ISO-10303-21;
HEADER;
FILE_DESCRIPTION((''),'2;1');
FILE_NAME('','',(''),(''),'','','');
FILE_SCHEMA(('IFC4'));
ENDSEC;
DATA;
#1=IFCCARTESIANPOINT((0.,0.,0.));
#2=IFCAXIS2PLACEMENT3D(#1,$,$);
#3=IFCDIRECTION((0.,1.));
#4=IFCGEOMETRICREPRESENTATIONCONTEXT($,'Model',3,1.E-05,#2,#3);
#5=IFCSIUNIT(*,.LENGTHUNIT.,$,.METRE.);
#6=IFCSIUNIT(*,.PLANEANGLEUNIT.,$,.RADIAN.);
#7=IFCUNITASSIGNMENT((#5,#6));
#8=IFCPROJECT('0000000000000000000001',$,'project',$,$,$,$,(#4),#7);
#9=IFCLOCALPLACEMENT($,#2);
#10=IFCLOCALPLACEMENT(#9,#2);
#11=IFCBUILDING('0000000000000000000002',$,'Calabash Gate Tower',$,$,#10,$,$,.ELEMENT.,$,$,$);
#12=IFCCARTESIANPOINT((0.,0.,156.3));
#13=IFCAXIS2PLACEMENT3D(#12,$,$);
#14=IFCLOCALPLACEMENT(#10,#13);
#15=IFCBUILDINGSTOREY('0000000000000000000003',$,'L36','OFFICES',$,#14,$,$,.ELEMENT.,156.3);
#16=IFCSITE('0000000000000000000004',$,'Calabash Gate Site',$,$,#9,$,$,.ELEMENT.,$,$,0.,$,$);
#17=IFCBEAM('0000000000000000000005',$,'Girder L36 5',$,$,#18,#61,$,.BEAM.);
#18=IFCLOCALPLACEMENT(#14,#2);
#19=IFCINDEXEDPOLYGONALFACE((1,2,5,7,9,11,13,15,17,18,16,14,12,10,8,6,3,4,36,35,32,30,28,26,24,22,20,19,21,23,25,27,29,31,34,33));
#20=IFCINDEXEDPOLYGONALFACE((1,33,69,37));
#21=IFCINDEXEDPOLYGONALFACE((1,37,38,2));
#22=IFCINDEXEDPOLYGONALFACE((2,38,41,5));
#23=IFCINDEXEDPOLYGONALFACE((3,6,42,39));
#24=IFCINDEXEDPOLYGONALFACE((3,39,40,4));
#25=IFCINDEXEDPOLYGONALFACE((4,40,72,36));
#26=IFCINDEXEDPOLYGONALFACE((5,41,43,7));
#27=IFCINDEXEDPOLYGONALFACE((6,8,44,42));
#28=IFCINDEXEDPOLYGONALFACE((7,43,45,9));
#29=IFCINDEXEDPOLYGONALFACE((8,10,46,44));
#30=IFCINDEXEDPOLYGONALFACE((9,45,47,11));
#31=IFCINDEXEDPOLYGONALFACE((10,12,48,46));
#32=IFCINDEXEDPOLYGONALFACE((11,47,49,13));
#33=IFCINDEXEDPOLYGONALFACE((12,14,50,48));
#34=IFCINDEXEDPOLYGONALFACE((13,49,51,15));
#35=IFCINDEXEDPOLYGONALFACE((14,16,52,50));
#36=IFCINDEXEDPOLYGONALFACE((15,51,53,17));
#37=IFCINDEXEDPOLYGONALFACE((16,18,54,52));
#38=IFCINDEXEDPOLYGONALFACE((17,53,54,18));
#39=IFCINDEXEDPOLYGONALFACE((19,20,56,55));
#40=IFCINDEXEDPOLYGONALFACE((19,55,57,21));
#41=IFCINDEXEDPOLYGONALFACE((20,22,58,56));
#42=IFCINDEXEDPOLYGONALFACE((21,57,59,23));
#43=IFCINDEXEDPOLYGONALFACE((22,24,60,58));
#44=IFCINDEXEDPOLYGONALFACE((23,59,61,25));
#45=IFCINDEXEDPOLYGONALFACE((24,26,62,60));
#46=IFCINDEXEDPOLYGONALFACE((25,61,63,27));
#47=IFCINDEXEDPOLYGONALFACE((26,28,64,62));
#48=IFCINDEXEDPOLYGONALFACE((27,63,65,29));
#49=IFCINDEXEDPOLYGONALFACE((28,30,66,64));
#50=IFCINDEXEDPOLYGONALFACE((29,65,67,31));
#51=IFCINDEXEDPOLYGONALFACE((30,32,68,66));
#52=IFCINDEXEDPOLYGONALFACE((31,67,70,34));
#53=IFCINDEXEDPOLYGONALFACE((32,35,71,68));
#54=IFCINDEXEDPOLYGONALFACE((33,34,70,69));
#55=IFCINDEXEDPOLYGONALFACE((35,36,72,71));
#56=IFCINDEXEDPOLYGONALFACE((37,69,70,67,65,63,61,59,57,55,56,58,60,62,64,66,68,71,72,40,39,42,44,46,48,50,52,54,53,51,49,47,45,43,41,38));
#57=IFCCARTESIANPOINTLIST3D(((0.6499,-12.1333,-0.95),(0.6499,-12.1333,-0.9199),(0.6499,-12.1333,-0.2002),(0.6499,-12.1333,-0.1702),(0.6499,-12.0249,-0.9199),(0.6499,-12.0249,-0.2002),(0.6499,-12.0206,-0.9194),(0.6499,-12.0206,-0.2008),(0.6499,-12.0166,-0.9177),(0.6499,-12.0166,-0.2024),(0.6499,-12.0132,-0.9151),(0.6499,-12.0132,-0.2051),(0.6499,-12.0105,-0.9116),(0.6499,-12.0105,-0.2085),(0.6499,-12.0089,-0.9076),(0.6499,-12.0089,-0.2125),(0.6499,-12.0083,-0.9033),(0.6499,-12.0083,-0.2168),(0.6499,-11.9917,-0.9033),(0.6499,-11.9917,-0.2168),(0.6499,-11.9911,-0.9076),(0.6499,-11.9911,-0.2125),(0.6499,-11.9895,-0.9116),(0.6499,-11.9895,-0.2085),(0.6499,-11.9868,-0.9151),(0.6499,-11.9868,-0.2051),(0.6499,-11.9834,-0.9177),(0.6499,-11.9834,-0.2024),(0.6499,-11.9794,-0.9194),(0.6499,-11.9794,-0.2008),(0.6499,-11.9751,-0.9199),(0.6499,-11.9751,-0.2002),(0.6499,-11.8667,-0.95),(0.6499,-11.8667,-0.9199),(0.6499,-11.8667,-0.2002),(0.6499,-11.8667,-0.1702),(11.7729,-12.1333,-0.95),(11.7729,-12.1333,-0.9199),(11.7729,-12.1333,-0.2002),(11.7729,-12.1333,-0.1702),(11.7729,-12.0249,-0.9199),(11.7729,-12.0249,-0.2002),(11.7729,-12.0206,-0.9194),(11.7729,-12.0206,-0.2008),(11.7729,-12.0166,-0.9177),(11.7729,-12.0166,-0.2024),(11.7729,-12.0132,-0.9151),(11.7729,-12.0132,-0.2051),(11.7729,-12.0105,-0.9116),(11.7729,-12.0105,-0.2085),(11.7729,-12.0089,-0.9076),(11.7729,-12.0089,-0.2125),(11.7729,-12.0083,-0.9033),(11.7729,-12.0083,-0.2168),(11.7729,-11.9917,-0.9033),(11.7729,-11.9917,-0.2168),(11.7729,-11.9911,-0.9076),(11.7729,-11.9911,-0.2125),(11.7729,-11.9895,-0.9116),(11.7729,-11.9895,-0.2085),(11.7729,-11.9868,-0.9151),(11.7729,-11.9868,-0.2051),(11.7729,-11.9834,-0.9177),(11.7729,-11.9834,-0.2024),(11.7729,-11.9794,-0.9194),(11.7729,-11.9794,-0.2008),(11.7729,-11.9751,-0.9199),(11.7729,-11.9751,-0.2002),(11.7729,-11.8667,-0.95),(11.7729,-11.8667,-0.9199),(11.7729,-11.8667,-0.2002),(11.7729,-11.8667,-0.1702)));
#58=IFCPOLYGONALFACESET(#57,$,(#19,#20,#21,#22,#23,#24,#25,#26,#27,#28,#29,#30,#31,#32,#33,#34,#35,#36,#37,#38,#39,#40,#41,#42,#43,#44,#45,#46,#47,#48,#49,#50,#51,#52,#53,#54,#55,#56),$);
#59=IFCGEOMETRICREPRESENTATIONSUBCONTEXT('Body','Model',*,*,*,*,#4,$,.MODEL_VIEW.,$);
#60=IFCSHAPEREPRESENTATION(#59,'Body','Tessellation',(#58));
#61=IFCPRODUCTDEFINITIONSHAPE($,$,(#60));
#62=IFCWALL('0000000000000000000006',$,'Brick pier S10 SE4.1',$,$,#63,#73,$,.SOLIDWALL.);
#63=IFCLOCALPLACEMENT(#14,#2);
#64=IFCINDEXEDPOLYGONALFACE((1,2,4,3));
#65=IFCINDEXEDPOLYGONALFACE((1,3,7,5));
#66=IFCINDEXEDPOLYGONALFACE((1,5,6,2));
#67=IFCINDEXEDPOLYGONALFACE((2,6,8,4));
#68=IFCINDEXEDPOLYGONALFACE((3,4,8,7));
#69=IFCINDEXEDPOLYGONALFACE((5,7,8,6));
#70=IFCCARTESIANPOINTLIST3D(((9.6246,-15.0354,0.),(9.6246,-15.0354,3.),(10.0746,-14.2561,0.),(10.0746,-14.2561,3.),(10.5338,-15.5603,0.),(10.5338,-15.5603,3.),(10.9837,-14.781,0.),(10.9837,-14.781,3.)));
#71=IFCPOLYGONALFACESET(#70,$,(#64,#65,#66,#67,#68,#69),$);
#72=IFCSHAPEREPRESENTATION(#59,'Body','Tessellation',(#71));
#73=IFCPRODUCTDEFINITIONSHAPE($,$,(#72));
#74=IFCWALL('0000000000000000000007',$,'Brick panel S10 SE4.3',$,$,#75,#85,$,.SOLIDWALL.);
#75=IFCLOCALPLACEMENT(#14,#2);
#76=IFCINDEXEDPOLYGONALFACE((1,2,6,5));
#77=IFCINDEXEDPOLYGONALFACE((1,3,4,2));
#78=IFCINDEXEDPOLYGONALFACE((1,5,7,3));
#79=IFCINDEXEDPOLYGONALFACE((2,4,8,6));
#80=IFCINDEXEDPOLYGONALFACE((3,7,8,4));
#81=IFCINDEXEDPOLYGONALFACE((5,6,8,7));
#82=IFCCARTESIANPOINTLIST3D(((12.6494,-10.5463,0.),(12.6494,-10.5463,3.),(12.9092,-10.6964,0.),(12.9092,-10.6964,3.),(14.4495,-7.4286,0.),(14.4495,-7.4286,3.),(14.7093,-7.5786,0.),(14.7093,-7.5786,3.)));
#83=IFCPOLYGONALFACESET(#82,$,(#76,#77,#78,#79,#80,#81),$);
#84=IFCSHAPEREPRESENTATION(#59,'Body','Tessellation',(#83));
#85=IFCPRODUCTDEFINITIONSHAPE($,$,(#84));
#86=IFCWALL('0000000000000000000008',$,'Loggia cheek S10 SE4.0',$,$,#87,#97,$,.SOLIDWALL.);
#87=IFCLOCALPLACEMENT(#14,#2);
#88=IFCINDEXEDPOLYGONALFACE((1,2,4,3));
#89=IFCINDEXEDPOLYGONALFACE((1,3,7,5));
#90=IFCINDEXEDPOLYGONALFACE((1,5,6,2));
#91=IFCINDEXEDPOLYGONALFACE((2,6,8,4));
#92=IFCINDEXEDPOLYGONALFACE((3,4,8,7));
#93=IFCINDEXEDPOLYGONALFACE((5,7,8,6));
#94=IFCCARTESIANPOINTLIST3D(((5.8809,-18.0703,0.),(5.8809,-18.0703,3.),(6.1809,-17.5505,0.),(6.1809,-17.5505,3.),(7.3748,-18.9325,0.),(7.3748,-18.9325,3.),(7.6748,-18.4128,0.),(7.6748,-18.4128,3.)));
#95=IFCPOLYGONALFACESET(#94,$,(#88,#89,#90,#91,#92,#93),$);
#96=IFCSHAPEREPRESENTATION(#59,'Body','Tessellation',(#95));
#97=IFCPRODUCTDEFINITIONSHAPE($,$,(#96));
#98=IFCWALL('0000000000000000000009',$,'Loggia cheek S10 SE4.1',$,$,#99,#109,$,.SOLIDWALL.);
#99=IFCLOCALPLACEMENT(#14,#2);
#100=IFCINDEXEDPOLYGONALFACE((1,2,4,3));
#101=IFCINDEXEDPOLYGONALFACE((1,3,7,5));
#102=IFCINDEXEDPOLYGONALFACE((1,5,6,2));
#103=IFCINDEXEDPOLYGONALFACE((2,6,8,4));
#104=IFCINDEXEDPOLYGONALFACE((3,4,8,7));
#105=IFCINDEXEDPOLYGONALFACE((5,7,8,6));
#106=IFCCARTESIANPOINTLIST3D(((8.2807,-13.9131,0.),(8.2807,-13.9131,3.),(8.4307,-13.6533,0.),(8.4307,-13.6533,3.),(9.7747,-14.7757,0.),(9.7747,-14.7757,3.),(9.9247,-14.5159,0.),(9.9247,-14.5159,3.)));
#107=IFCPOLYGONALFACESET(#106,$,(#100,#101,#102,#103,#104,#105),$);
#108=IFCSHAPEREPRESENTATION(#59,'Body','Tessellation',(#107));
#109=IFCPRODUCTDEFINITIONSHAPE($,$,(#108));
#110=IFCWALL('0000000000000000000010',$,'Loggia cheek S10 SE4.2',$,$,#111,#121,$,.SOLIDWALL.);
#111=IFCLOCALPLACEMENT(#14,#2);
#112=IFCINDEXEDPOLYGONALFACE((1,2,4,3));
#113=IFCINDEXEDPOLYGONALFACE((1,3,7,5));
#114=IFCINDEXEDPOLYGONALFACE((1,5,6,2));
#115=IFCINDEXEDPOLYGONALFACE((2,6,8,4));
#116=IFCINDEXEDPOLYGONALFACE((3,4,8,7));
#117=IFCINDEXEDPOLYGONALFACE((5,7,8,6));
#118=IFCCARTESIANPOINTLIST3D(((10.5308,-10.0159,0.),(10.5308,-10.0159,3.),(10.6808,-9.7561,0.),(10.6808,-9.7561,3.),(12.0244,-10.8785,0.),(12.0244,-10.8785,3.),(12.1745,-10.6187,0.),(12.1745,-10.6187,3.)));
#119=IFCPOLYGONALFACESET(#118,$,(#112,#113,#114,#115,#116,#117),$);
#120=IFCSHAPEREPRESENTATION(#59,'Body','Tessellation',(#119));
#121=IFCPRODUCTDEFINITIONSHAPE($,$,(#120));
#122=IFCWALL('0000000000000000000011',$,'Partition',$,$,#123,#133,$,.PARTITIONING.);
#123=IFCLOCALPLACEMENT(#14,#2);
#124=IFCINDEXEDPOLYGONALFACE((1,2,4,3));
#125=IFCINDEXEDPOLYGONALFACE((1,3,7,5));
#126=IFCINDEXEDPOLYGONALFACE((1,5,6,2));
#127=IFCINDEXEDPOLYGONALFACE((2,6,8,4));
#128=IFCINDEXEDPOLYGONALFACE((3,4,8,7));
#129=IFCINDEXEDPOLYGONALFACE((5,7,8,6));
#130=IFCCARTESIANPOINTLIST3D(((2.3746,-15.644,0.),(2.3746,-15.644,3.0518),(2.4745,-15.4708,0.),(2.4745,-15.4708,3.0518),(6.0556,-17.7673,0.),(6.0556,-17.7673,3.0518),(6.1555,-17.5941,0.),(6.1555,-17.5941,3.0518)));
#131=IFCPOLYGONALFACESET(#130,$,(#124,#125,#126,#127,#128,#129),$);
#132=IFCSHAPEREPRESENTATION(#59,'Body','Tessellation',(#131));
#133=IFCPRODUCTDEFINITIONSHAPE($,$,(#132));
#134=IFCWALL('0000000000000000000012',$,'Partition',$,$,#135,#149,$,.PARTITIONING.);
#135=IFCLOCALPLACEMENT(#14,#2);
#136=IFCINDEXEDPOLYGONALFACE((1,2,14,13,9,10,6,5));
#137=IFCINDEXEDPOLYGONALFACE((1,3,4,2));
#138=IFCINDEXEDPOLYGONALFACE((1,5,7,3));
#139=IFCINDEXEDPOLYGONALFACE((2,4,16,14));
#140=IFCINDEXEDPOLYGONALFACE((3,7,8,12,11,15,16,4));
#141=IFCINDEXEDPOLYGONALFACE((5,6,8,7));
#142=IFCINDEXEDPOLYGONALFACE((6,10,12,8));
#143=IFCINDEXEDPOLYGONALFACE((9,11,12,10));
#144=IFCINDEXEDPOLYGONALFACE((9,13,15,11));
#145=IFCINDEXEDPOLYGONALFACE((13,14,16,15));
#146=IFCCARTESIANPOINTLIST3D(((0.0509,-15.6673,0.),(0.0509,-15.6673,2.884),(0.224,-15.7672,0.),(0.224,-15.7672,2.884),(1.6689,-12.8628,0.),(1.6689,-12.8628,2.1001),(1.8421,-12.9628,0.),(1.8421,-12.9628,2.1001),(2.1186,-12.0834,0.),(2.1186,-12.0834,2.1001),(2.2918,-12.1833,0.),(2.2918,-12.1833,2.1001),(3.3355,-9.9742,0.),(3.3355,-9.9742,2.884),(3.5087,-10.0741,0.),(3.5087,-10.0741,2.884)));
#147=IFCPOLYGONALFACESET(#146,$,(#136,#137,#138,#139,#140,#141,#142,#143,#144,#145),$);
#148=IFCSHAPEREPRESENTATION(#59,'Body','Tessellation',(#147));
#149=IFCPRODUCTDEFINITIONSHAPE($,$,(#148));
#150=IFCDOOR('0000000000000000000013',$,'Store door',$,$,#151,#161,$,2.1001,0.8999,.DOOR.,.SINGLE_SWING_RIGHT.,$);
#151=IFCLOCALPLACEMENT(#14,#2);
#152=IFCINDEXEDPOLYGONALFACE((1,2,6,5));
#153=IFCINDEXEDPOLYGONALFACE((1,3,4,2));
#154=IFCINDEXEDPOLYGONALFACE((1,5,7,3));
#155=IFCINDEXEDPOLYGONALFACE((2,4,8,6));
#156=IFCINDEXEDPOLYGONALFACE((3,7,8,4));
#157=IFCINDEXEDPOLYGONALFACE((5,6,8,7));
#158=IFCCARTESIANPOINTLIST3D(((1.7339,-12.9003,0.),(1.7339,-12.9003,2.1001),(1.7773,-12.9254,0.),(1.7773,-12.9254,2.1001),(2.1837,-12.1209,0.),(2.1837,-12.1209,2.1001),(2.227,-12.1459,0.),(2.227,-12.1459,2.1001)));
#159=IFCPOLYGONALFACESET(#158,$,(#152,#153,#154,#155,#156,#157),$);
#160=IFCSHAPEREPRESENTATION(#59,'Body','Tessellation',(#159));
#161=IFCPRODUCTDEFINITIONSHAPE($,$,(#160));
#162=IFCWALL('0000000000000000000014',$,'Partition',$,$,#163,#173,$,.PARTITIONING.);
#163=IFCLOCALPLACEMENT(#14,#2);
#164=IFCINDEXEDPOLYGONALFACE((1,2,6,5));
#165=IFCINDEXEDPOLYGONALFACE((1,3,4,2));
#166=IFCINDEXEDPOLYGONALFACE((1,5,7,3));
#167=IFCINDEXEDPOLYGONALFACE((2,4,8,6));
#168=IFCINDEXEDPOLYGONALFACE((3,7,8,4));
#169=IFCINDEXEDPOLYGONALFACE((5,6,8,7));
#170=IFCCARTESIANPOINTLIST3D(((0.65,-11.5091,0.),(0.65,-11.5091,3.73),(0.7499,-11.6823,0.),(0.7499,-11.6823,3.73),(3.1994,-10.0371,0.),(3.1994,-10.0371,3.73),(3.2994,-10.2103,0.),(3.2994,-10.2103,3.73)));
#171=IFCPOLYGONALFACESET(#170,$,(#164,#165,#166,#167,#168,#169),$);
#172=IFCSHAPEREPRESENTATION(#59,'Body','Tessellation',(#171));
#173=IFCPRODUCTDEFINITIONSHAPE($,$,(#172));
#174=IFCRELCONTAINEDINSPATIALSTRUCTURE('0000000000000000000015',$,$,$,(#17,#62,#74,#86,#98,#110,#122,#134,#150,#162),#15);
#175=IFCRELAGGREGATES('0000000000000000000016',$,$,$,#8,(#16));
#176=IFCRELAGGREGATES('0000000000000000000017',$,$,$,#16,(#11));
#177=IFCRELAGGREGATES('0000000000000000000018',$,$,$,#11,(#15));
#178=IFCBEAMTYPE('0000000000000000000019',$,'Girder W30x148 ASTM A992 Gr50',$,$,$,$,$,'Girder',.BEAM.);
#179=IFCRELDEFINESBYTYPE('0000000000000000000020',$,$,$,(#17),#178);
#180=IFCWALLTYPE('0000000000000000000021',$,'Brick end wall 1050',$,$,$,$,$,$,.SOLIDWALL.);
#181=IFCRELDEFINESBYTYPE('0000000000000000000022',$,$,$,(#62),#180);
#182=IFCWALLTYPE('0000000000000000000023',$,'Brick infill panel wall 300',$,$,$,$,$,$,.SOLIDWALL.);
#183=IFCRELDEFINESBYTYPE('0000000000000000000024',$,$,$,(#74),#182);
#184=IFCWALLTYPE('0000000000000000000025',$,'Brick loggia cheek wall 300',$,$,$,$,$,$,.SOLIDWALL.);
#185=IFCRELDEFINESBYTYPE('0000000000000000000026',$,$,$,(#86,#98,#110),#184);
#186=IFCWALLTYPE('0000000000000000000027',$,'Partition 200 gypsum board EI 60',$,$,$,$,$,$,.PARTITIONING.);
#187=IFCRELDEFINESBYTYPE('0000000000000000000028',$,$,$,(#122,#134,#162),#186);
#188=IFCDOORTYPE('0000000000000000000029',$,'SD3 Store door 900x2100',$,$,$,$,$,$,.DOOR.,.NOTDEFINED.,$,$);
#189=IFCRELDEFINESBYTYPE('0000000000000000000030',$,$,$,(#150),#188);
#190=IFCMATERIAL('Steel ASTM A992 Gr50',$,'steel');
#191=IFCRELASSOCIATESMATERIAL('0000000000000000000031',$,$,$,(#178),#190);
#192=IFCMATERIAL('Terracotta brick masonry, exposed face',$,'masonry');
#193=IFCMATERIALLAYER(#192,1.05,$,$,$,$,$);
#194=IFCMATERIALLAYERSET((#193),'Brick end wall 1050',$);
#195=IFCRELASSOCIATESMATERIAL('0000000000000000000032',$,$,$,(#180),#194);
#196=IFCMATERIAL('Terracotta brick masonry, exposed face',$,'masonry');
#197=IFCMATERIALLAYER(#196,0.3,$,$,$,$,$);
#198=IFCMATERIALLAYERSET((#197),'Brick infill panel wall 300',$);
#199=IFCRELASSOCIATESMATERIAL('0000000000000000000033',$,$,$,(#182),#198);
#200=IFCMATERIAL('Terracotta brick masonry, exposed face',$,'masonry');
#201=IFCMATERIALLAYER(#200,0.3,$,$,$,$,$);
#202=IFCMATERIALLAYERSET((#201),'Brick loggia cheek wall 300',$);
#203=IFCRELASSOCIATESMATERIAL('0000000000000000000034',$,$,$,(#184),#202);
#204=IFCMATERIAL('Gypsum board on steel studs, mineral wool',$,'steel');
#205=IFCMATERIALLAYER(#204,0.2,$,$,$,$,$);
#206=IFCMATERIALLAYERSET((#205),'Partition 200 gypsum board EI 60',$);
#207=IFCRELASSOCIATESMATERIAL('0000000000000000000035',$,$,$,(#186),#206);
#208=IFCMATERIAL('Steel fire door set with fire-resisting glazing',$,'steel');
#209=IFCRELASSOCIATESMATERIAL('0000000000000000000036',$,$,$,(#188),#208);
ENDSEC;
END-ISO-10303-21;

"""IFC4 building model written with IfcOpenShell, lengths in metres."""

from ifc_helpers import new_model, si_unit, direction, frame, frame_2d, origin, origin_2d, place, context, subcontext, project, spatial, rectangle, i_section, extrude, material, layer, layer_set, material_profile, profile_set, type_object, element, fill, save


model = new_model("IFC4")

# Units and contexts
model_context = context("Model", 3, precision=1e-05, world=origin(), true_north=direction((0.0, 1.0)))
body_context = subcontext(model_context, "Body", "Model", "MODEL_VIEW")
ifc_project = project(units=[si_unit("LENGTHUNIT", "METRE"), si_unit("PLANEANGLEUNIT", "RADIAN")], contexts=[model_context])

# Site, building, storey
site_placement = place(None, origin())
site = spatial("IfcSite", under=ifc_project, at=site_placement, Name="Calabash Gate Site", CompositionType="ELEMENT", RefElevation=0.0)
building_placement = place(site_placement, origin())
building = spatial("IfcBuilding", under=site, at=building_placement, Name="Calabash Gate Tower", CompositionType="ELEMENT")
storey_placement = place(building_placement, frame((0.0, 0.0, 156.3)))
storey = spatial("IfcBuildingStorey", under=building, at=storey_placement, Name="L36", Description="OFFICES", CompositionType="ELEMENT", Elevation=156.3)

# Beam
ifc_material_1 = material(Name="Steel ASTM A992 Gr50", Category="steel")
ifc_material_profile_1 = material_profile(ifc_material_1, i_section(OverallWidth=0.2666, OverallDepth=0.7798, WebThickness=0.0166, FlangeThickness=0.03, FilletRadius=0.0166, at=origin_2d()))
ifc_profile_set_1 = profile_set([ifc_material_profile_1], Name="Steel ASTM A992 Gr50")
beam_type_1 = type_object("IfcBeamType", Name="Girder W30x148 ASTM A992 Gr50", ElementType="Girder", PredefinedType="BEAM", material=ifc_profile_set_1)
beam_1_placement = place(storey_placement, frame((0.6499, -12.0, -0.5601), z_axis=(1.0, 0.0, 0.0), x_axis=(0.0, 1.0, 0.0)))
element("IfcBeam", 1, at=beam_1_placement, inside=storey, type_object=beam_type_1, Name="Girder L36 5", PredefinedType="BEAM", context=body_context, shape_type="SweptSolid", body=[
    extrude(i_section(OverallWidth=0.2666, OverallDepth=0.7798, WebThickness=0.0166, FlangeThickness=0.03, FilletRadius=0.0166, at=origin_2d()), origin(), (0.0, 0.0, 1.0), 11.123),
])

# Walls
ifc_material_2 = material(Name="Terracotta brick masonry, exposed face", Category="masonry")
ifc_layer_1 = layer(ifc_material_2, 1.05)
ifc_layer_set_1 = layer_set([ifc_layer_1], Name="Brick end wall 1050")
wall_type_1 = type_object("IfcWallType", Name="Brick end wall 1050", PredefinedType="SOLIDWALL", material=ifc_layer_set_1)
wall_1_placement = place(storey_placement, frame((9.8496, -14.6458, 0.0), z_axis=(0.0, 0.0, 1.0), x_axis=(0.866031, -0.499991, 0.0)))
element("IfcWall", 2, at=wall_1_placement, inside=storey, type_object=wall_type_1, Name="Brick pier S10 SE4.1", PredefinedType="SOLIDWALL", context=body_context, shape_type="SweptSolid", body=[
    extrude(rectangle(XDim=1.0498, YDim=0.8999, at=frame_2d((0.5249, 0.0))), origin(), (0.0, 0.0, 1.0), 3.0),
])
ifc_material_3 = material(Name="Terracotta brick masonry, exposed face", Category="masonry")
ifc_layer_2 = layer(ifc_material_3, 0.3)
ifc_layer_set_2 = layer_set([ifc_layer_2], Name="Brick infill panel wall 300")
wall_type_2 = type_object("IfcWallType", Name="Brick infill panel wall 300", PredefinedType="SOLIDWALL", material=ifc_layer_set_2)
wall_2_placement = place(storey_placement, frame((12.7793, -10.6213, 0.0), z_axis=(0.0, 0.0, 1.0), x_axis=(0.500012, 0.866018, 0.0)))
element("IfcWall", 3, at=wall_2_placement, inside=storey, type_object=wall_type_2, Name="Brick panel S10 SE4.3", PredefinedType="SOLIDWALL", context=body_context, shape_type="SweptSolid", body=[
    extrude(rectangle(XDim=3.6001, YDim=0.3, at=frame_2d((1.8, 0.0))), origin(), (0.0, 0.0, 1.0), 3.0),
])
ifc_material_4 = material(Name="Terracotta brick masonry, exposed face", Category="masonry")
ifc_layer_3 = layer(ifc_material_4, 0.3)
ifc_layer_set_3 = layer_set([ifc_layer_3], Name="Brick loggia cheek wall 300")
wall_type_3 = type_object("IfcWallType", Name="Brick loggia cheek wall 300", PredefinedType="SOLIDWALL", material=ifc_layer_set_3)
wall_3_placement = place(storey_placement, frame((7.5247, -18.6726, 0.0), z_axis=(0.0, 0.0, 1.0), x_axis=(-0.866075, 0.499914, 0.0)))
element("IfcWall", 4, at=wall_3_placement, inside=storey, type_object=wall_type_3, Name="Loggia cheek S10 SE4.0", PredefinedType="SOLIDWALL", context=body_context, shape_type="SweptSolid", body=[
    extrude(rectangle(XDim=1.7249, YDim=0.6001, at=frame_2d((0.8623, 0.0))), origin(), (0.0, 0.0, 1.0), 3.0),
])
wall_4_placement = place(storey_placement, frame((8.3557, -13.7832, 0.0), z_axis=(0.0, 0.0, 1.0), x_axis=(0.866014, -0.500021, 0.0)))
element("IfcWall", 5, at=wall_4_placement, inside=storey, type_object=wall_type_3, Name="Loggia cheek S10 SE4.1", PredefinedType="SOLIDWALL", context=body_context, shape_type="SweptSolid", body=[
    extrude(rectangle(XDim=1.7251, YDim=0.3, at=frame_2d((0.8625, 0.0))), origin(), (0.0, 0.0, 1.0), 3.0),
])
wall_5_placement = place(storey_placement, frame((12.0994, -10.7485, 0.0), z_axis=(0.0, 0.0, 1.0), x_axis=(-0.865978, 0.500082, 0.0)))
element("IfcWall", 6, at=wall_5_placement, inside=storey, type_object=wall_type_3, Name="Loggia cheek S10 SE4.2", PredefinedType="SOLIDWALL", context=body_context, shape_type="SweptSolid", body=[
    extrude(rectangle(XDim=1.7249, YDim=0.3, at=frame_2d((0.8623, 0.0))), origin(), (0.0, 0.0, 1.0), 3.0),
])
ifc_material_5 = material(Name="Gypsum board on steel studs, mineral wool", Category="steel")
ifc_layer_4 = layer(ifc_material_5, 0.2)
ifc_layer_set_4 = layer_set([ifc_layer_4], Name="Partition 200 gypsum board EI 60")
wall_type_4 = type_object("IfcWallType", Name="Partition 200 gypsum board EI 60", PredefinedType="PARTITIONING", material=ifc_layer_set_4)
wall_6_placement = place(storey_placement, frame((2.4246, -15.5574, 0.0), z_axis=(0.0, 0.0, 1.0), x_axis=(0.866217, -0.499668, 0.0)))
element("IfcWall", 7, at=wall_6_placement, inside=storey, type_object=wall_type_4, Name="Partition", PredefinedType="PARTITIONING", context=body_context, shape_type="SweptSolid", body=[
    extrude(rectangle(XDim=4.2495, YDim=0.2, at=frame_2d((2.1248, 0.0))), origin(), (0.0, 0.0, 1.0), 3.0518),
])

# Wall, opening, door
wall_7_placement = place(storey_placement, frame((0.1375, -15.7173, 0.0), z_axis=(0.0, 0.0, 1.0), x_axis=(0.499743, 0.866174, 0.0)))
wall_7 = element("IfcWall", 8, at=wall_7_placement, inside=storey, type_object=wall_type_4, Name="Partition", PredefinedType="PARTITIONING", context=body_context, shape_type="SweptSolid", body=[
    extrude(rectangle(XDim=6.5728, YDim=0.2, at=frame_2d((3.2864, 0.0))), origin(), (0.0, 0.0, 1.0), 2.884),
])
opening_1_placement = place(wall_7_placement, frame((3.2378, 0.0, 0.0)))
opening_1 = element("IfcOpeningElement", 9, at=opening_1_placement, cuts=wall_7, PredefinedType="OPENING", context=body_context, shape_type="SweptSolid", body=[
    extrude(rectangle(XDim=0.8999, YDim=2.1001, at=frame_2d((0.45, 1.05))), frame((0.0, 0.1099, 0.0), z_axis=(0.0, -1.0, 0.0), x_axis=(1.0, 0.0, 0.0)), (0.0, 0.0, 1.0), 0.22),
])
ifc_material_6 = material(Name="Steel fire door set with fire-resisting glazing", Category="steel")
door_type_1 = type_object("IfcDoorType", Name="SD3 Store door 900x2100", OperationType="NOTDEFINED", PredefinedType="DOOR", material=ifc_material_6)
door_1_placement = place(opening_1_placement, origin())
door_1 = element("IfcDoor", 10, at=door_1_placement, inside=storey, type_object=door_type_1, Name="Store door", OperationType="SINGLE_SWING_RIGHT", OverallHeight=2.1001, OverallWidth=0.8999, PredefinedType="DOOR", context=body_context, shape_type="SweptSolid", body=[
    extrude(rectangle(XDim=0.8999, YDim=2.1001, at=frame_2d((0.45, 1.05))), frame((0.0, 0.0249, 0.0), z_axis=(0.0, -1.0, 0.0), x_axis=(1.0, 0.0, 0.0)), (0.0, 0.0, 1.0), 0.05),
])
fill(opening_1, door_1)

# Wall
wall_8_placement = place(storey_placement, frame((0.7, -11.5957, 0.0), z_axis=(0.0, 0.0, 1.0), x_axis=(0.866014, 0.500019, 0.0)))
element("IfcWall", 11, at=wall_8_placement, inside=storey, type_object=wall_type_4, Name="Partition", PredefinedType="PARTITIONING", context=body_context, shape_type="SweptSolid", body=[
    extrude(rectangle(XDim=2.9438, YDim=0.2, at=frame_2d((1.4719, 0.0))), origin(), (0.0, 0.0, 1.0), 3.73),
])

save(model, "model.ifc")
